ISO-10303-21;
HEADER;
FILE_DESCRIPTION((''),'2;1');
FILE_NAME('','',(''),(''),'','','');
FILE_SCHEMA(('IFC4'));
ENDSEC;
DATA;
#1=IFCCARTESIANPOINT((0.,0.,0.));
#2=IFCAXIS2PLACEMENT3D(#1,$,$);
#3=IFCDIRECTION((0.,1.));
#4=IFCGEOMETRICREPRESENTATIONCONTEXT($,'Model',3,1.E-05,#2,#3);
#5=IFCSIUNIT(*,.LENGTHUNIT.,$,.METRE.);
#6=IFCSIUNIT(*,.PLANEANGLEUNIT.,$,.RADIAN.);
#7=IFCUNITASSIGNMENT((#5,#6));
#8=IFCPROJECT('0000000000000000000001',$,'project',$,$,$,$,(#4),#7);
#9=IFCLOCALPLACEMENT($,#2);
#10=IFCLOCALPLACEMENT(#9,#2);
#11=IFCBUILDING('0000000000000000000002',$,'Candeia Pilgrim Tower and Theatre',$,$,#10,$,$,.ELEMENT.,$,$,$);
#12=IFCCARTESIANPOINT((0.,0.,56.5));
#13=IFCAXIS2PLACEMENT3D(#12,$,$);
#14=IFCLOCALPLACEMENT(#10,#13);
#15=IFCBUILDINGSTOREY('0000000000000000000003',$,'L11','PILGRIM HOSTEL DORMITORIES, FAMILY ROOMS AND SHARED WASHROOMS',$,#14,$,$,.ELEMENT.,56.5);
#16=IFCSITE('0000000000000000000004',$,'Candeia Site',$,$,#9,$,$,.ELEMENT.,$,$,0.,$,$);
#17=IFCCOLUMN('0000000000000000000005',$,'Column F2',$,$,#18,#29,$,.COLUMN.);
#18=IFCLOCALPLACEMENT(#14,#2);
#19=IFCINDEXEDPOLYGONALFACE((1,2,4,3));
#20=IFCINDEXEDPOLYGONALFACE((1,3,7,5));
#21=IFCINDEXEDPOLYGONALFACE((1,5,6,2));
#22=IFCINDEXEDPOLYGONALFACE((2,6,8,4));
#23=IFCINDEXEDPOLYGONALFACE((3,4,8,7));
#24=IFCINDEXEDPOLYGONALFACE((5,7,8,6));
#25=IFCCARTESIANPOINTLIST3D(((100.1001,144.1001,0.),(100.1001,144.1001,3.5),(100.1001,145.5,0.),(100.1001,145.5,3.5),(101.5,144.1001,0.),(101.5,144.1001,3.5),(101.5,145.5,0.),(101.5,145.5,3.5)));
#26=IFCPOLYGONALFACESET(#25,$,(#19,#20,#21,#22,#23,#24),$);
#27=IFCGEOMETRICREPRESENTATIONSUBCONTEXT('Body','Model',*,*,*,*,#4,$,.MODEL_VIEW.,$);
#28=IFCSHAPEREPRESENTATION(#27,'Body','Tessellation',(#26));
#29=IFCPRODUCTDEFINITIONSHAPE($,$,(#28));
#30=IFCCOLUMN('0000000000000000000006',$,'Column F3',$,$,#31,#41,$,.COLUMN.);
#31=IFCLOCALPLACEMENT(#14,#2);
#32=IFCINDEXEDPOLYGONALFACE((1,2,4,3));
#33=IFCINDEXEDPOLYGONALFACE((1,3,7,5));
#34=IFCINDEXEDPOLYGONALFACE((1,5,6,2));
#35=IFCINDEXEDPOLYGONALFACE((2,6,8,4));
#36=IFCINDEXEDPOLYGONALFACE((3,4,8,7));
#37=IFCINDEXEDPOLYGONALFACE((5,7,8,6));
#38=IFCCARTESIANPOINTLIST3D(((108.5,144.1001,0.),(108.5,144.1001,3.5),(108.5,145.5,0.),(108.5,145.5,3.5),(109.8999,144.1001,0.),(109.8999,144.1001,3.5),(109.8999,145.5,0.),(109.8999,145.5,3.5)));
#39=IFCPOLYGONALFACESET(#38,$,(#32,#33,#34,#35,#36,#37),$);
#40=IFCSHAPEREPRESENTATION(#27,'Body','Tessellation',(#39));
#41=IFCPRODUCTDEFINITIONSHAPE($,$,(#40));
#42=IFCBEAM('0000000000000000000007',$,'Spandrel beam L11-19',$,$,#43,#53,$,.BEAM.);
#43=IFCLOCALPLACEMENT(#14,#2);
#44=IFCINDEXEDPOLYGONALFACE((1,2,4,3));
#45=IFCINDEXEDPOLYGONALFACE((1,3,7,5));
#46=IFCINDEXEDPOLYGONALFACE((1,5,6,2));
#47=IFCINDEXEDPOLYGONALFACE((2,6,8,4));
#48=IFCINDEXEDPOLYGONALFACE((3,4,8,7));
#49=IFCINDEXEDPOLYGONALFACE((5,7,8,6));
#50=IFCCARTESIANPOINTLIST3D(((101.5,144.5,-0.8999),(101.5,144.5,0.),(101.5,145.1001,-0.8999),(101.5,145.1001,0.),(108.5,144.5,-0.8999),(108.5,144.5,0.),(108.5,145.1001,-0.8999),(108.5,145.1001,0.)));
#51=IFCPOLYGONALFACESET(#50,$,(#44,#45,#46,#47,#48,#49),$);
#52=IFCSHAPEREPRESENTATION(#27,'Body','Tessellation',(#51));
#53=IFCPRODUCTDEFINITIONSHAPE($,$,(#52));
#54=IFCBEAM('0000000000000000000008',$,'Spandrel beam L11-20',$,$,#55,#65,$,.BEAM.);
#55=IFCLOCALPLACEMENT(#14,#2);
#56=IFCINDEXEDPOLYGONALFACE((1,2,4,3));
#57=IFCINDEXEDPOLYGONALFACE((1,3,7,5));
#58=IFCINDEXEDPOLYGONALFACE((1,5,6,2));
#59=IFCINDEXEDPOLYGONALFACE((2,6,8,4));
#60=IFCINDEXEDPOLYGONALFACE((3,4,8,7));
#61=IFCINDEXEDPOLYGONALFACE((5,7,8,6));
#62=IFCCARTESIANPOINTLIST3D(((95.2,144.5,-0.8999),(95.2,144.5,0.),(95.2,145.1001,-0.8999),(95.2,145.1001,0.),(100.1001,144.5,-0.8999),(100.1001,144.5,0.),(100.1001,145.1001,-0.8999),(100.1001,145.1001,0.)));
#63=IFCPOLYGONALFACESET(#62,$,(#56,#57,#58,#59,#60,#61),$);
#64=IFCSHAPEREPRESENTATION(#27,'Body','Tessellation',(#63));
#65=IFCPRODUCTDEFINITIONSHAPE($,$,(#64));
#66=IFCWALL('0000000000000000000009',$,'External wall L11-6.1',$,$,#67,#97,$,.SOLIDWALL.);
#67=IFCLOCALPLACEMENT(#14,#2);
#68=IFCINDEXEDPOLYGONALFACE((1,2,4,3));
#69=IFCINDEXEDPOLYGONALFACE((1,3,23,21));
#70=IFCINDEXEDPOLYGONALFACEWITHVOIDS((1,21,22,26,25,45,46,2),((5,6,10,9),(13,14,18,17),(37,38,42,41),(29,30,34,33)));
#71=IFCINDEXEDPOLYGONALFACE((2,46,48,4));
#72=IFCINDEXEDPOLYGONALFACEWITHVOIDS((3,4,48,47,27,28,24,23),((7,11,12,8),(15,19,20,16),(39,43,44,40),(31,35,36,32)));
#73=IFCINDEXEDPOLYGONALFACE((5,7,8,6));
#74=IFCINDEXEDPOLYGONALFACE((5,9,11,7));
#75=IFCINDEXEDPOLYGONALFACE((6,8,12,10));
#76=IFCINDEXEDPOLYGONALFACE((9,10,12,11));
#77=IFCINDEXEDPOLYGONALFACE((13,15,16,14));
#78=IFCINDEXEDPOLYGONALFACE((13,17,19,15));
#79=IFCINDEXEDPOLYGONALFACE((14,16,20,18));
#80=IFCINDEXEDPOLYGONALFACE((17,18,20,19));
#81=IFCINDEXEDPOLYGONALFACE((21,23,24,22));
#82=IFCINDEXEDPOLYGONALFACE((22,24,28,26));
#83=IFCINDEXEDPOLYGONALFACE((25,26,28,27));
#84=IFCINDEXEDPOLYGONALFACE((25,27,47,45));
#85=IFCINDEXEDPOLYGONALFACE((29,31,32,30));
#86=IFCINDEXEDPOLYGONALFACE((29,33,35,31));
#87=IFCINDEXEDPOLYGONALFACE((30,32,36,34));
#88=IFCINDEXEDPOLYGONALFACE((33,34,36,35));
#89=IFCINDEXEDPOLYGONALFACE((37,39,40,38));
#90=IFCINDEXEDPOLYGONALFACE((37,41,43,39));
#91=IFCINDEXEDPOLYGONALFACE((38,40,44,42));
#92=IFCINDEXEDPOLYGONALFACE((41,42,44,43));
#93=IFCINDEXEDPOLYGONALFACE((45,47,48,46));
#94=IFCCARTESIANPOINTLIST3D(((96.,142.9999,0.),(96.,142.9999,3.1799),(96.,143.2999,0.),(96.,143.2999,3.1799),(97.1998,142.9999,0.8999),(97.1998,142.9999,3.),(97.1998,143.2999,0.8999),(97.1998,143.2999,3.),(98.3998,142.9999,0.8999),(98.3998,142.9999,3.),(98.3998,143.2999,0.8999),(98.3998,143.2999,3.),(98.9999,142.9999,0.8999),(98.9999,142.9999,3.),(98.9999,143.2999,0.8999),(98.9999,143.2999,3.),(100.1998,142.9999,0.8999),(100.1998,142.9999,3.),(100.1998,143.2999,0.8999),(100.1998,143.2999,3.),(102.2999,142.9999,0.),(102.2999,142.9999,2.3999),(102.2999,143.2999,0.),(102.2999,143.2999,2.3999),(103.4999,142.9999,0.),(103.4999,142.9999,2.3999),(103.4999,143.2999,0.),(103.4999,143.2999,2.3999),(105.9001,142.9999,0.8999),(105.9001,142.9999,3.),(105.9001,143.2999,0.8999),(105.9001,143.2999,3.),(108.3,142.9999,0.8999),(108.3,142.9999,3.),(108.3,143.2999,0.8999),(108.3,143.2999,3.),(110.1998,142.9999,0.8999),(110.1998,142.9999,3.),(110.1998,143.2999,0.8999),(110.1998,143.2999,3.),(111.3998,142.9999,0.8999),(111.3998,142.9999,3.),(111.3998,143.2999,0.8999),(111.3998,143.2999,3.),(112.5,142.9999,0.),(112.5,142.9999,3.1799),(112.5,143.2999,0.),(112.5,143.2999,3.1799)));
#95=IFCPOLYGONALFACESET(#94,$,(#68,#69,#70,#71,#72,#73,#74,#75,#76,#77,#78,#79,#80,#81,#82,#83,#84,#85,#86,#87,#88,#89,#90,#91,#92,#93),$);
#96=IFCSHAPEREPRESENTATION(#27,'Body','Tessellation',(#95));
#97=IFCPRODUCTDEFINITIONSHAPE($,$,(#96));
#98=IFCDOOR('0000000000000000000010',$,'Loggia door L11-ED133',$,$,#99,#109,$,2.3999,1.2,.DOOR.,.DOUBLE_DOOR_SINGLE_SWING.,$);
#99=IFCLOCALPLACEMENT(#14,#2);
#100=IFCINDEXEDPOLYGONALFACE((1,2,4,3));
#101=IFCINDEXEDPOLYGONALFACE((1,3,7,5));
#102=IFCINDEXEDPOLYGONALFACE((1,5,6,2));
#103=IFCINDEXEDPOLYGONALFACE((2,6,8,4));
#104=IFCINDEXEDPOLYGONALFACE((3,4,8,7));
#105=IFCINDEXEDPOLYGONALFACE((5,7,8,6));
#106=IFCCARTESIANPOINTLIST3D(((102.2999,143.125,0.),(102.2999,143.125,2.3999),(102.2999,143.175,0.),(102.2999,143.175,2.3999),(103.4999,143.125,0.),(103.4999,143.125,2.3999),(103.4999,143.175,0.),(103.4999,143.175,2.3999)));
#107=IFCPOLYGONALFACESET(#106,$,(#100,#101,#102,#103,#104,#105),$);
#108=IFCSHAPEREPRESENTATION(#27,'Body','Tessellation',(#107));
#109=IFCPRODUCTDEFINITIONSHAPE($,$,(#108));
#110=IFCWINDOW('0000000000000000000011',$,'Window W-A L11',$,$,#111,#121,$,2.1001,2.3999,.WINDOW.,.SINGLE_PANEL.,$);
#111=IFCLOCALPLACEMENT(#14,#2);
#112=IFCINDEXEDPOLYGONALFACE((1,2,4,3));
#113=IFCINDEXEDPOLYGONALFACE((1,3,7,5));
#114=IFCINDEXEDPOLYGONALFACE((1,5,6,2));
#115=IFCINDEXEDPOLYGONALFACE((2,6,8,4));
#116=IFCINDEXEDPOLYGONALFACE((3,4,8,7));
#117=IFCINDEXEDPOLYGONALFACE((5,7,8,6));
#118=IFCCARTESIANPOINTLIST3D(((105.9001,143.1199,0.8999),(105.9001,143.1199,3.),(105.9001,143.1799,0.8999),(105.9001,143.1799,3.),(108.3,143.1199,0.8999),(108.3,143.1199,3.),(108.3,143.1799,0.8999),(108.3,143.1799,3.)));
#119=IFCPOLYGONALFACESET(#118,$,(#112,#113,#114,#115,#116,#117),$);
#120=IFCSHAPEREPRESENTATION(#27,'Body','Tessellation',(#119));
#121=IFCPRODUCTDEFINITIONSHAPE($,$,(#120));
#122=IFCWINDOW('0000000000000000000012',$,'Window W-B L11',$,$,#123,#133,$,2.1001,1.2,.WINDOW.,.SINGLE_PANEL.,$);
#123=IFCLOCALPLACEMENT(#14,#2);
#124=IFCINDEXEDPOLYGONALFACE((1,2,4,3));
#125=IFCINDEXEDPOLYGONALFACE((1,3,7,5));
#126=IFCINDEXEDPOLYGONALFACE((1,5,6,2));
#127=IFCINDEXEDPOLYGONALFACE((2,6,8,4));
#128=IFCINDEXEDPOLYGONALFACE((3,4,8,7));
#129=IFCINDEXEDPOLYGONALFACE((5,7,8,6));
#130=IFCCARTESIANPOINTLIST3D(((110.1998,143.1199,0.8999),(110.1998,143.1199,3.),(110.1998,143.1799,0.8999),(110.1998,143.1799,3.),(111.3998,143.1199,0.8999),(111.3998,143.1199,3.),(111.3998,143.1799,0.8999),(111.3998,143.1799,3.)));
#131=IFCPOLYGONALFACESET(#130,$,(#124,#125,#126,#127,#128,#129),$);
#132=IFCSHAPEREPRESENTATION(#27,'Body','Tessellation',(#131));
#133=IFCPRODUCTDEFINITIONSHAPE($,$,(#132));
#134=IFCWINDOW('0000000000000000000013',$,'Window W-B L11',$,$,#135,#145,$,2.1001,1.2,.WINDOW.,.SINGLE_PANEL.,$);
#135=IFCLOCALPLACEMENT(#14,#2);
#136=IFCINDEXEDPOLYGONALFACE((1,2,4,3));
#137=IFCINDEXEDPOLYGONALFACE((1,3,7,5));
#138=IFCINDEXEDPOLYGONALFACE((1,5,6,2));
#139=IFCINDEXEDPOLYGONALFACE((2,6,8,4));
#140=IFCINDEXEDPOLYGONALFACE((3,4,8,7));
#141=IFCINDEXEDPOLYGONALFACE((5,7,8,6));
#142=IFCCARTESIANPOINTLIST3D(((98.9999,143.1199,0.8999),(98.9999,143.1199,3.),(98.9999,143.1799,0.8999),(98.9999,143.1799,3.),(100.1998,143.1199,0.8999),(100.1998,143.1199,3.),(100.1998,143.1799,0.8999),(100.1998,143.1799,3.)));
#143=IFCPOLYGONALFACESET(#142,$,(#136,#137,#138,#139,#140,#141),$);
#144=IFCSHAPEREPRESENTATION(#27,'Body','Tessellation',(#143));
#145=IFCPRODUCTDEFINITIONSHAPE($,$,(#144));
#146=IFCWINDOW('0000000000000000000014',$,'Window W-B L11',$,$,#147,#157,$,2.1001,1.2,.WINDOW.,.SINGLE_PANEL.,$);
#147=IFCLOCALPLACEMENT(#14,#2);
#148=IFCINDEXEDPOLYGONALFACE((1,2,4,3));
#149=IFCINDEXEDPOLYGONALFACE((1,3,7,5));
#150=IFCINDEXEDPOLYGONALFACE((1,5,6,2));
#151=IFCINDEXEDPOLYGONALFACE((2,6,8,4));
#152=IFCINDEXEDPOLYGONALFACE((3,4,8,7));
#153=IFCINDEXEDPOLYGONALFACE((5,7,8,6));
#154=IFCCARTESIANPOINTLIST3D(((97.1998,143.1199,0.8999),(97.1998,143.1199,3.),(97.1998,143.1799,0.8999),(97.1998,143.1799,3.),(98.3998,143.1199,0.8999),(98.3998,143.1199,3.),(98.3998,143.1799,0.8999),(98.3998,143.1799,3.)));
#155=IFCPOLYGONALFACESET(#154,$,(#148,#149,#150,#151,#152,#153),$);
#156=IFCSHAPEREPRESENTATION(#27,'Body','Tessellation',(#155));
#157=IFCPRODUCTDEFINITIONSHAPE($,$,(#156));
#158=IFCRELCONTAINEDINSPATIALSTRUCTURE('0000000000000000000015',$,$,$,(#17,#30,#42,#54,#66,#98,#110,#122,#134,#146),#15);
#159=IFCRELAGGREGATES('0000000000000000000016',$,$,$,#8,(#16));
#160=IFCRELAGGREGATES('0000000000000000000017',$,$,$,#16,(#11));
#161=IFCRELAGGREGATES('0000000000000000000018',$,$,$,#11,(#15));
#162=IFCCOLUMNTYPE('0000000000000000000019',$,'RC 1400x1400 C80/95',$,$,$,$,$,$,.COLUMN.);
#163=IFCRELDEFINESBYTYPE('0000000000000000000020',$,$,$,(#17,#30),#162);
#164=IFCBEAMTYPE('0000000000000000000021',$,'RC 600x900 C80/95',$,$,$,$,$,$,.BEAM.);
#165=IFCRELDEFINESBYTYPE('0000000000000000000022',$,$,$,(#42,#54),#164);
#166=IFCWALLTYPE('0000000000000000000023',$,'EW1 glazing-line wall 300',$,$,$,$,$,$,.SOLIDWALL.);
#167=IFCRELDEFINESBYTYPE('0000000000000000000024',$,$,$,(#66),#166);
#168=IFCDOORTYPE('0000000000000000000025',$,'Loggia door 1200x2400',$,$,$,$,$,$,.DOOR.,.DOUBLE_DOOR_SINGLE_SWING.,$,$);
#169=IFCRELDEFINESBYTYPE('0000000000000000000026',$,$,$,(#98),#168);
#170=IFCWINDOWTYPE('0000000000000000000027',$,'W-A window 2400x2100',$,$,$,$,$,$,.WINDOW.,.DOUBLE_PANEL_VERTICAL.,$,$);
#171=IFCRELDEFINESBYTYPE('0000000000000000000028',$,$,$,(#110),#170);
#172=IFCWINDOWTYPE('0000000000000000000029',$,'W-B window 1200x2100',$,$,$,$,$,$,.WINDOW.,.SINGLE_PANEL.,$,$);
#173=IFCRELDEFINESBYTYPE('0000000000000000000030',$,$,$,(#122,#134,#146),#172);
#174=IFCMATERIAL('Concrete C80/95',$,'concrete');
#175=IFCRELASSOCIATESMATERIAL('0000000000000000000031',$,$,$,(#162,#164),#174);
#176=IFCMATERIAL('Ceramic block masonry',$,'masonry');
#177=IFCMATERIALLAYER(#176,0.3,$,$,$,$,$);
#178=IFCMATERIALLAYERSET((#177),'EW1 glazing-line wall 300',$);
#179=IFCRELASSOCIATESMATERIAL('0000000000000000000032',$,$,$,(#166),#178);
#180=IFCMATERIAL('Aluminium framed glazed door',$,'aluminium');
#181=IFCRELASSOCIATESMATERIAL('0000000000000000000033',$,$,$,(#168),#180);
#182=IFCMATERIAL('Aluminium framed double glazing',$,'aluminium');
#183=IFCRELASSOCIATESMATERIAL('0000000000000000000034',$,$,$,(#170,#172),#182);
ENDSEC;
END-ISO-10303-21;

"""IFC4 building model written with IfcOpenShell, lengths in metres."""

from ifc_helpers import new_model, si_unit, direction, frame, frame_2d, origin, origin_2d, place, context, subcontext, project, spatial, rectangle, extrude, material, layer, layer_set, material_profile, profile_set, type_object, element, fill, save


model = new_model("IFC4")

# Units and contexts
model_context = context("Model", 3, precision=1e-05, world=origin(), true_north=direction((0.0, 1.0)))
body_context = subcontext(model_context, "Body", "Model", "MODEL_VIEW")
ifc_project = project(units=[si_unit("LENGTHUNIT", "METRE"), si_unit("PLANEANGLEUNIT", "RADIAN")], contexts=[model_context])

# Site, building, storey
site_placement = place(None, origin())
site = spatial("IfcSite", under=ifc_project, at=site_placement, Name="Candeia Site", CompositionType="ELEMENT", RefElevation=0.0)
building_placement = place(site_placement, origin())
building = spatial("IfcBuilding", under=site, at=building_placement, Name="Candeia Pilgrim Tower and Theatre", CompositionType="ELEMENT")
storey_placement = place(building_placement, frame((0.0, 0.0, 56.5)))
storey = spatial("IfcBuildingStorey", under=building, at=storey_placement, Name="L11", Description="PILGRIM HOSTEL DORMITORIES, FAMILY ROOMS AND SHARED WASHROOMS", CompositionType="ELEMENT", Elevation=56.5)

# Columns
ifc_material_1 = material(Name="Concrete C80/95", Category="concrete")
ifc_material_profile_1 = material_profile(ifc_material_1, rectangle(XDim=1.3999, YDim=1.3999, at=origin_2d()))
ifc_profile_set_1 = profile_set([ifc_material_profile_1], Name="Concrete C80/95")
column_type = type_object("IfcColumnType", Name="RC 1400x1400 C80/95", PredefinedType="COLUMN", material=ifc_profile_set_1)
for number, where, z_axis, x_axis, name in (
    (1, (100.8, 144.8, 0.0), (0.0, 0.0, 1.0), (1.0, 0.0, 0.0), "Column F2"),
    (2, (109.2, 144.8, 0.0), (0.0, 0.0, 1.0), (1.0, 0.0, 0.0), "Column F3"),
):
    element("IfcColumn", number, at=place(storey_placement, frame(where, z_axis=z_axis, x_axis=x_axis)), inside=storey, type_object=column_type, Name=name, PredefinedType="COLUMN", context=body_context, shape_type="SweptSolid", body=[
        extrude(rectangle(XDim=1.3999, YDim=1.3999, at=origin_2d()), origin(), (0.0, 0.0, 1.0), 3.5),
    ])

# Beams
ifc_material_profile_2 = material_profile(ifc_material_1, rectangle(XDim=0.6001, YDim=0.8999, at=origin_2d()))
ifc_profile_set_2 = profile_set([ifc_material_profile_2], Name="Concrete C80/95")
beam_type = type_object("IfcBeamType", Name="RC 600x900 C80/95", PredefinedType="BEAM", material=ifc_profile_set_2)
beam_1_placement = place(storey_placement, frame((108.5, 144.8, -0.45), z_axis=(-1.0, 0.0, 0.0), x_axis=(0.0, -1.0, 0.0)))
element("IfcBeam", 3, at=beam_1_placement, inside=storey, type_object=beam_type, Name="Spandrel beam L11-19", PredefinedType="BEAM", context=body_context, shape_type="SweptSolid", body=[
    extrude(rectangle(XDim=0.6001, YDim=0.8999, at=origin_2d()), origin(), (0.0, 0.0, 1.0), 7.0),
])
beam_2_placement = place(storey_placement, frame((100.1001, 144.8, -0.45), z_axis=(-1.0, 0.0, 0.0), x_axis=(0.0, -1.0, 0.0)))
element("IfcBeam", 4, at=beam_2_placement, inside=storey, type_object=beam_type, Name="Spandrel beam L11-20", PredefinedType="BEAM", context=body_context, shape_type="SweptSolid", body=[
    extrude(rectangle(XDim=0.6001, YDim=0.8999, at=origin_2d()), origin(), (0.0, 0.0, 1.0), 4.9001),
])

# Wall, openings, door, windows
ifc_material_2 = material(Name="Ceramic block masonry", Category="masonry")
ifc_layer_1 = layer(ifc_material_2, 0.3)
ifc_layer_set_1 = layer_set([ifc_layer_1], Name="EW1 glazing-line wall 300")
wall_type_1 = type_object("IfcWallType", Name="EW1 glazing-line wall 300", PredefinedType="SOLIDWALL", material=ifc_layer_set_1)
wall_1_placement = place(storey_placement, frame((112.5, 143.1499, 0.0), z_axis=(0.0, 0.0, 1.0), x_axis=(-1.0, 0.0, 0.0)))
wall_1 = element("IfcWall", 5, at=wall_1_placement, inside=storey, type_object=wall_type_1, Name="External wall L11-6.1", PredefinedType="SOLIDWALL", context=body_context, shape_type="SweptSolid", body=[
    extrude(rectangle(XDim=16.5, YDim=0.3, at=frame_2d((8.25, 0.0))), origin(), (0.0, 0.0, 1.0), 3.1799),
])
opening_1_placement = place(wall_1_placement, frame((1.1001, 0.0, 0.8999)))
opening_1 = element("IfcOpeningElement", 6, at=opening_1_placement, cuts=wall_1, PredefinedType="OPENING", context=body_context, shape_type="SweptSolid", body=[
    extrude(rectangle(XDim=1.2, YDim=2.1001, at=frame_2d((0.6001, 1.05))), frame((0.0, 0.1602, 0.0), z_axis=(0.0, -1.0, 0.0), x_axis=(1.0, 0.0, 0.0)), (0.0, 0.0, 1.0), 0.3201),
])
opening_2_placement = place(wall_1_placement, frame((4.2, 0.0, 0.8999)))
opening_2 = element("IfcOpeningElement", 7, at=opening_2_placement, cuts=wall_1, PredefinedType="OPENING", context=body_context, shape_type="SweptSolid", body=[
    extrude(rectangle(XDim=2.3999, YDim=2.1001, at=frame_2d((1.2, 1.05))), frame((0.0, 0.1602, 0.0), z_axis=(0.0, -1.0, 0.0), x_axis=(1.0, 0.0, 0.0)), (0.0, 0.0, 1.0), 0.3201),
])
opening_3_placement = place(wall_1_placement, frame((9.0, 0.0, 0.0)))
opening_3 = element("IfcOpeningElement", 8, at=opening_3_placement, cuts=wall_1, PredefinedType="OPENING", context=body_context, shape_type="SweptSolid", body=[
    extrude(rectangle(XDim=1.2, YDim=2.3999, at=frame_2d((0.6001, 1.2))), frame((0.0, 0.1602, 0.0), z_axis=(0.0, -1.0, 0.0), x_axis=(1.0, 0.0, 0.0)), (0.0, 0.0, 1.0), 0.3201),
])
opening_4_placement = place(wall_1_placement, frame((12.3, 0.0, 0.8999)))
opening_4 = element("IfcOpeningElement", 9, at=opening_4_placement, cuts=wall_1, PredefinedType="OPENING", context=body_context, shape_type="SweptSolid", body=[
    extrude(rectangle(XDim=1.2, YDim=2.1001, at=frame_2d((0.6001, 1.05))), frame((0.0, 0.1602, 0.0), z_axis=(0.0, -1.0, 0.0), x_axis=(1.0, 0.0, 0.0)), (0.0, 0.0, 1.0), 0.3201),
])
opening_5_placement = place(wall_1_placement, frame((14.1001, 0.0, 0.8999)))
opening_5 = element("IfcOpeningElement", 10, at=opening_5_placement, cuts=wall_1, PredefinedType="OPENING", context=body_context, shape_type="SweptSolid", body=[
    extrude(rectangle(XDim=1.2, YDim=2.1001, at=frame_2d((0.6001, 1.05))), frame((0.0, 0.1602, 0.0), z_axis=(0.0, -1.0, 0.0), x_axis=(1.0, 0.0, 0.0)), (0.0, 0.0, 1.0), 0.3201),
])
ifc_material_3 = material(Name="Aluminium framed glazed door", Category="aluminium")
door_type_1 = type_object("IfcDoorType", Name="Loggia door 1200x2400", OperationType="DOUBLE_DOOR_SINGLE_SWING", PredefinedType="DOOR", material=ifc_material_3)
door_1_placement = place(opening_3_placement, origin())
door_1 = element("IfcDoor", 11, at=door_1_placement, inside=storey, type_object=door_type_1, Name="Loggia door L11-ED133", OperationType="DOUBLE_DOOR_SINGLE_SWING", OverallHeight=2.3999, OverallWidth=1.2, PredefinedType="DOOR", context=body_context, shape_type="SweptSolid", body=[
    extrude(rectangle(XDim=1.2, YDim=2.3999, at=frame_2d((0.6001, 1.2))), frame((0.0, 0.0249, 0.0), z_axis=(0.0, -1.0, 0.0), x_axis=(1.0, 0.0, 0.0)), (0.0, 0.0, 1.0), 0.05),
])
fill(opening_3, door_1)
ifc_material_4 = material(Name="Aluminium framed double glazing", Category="aluminium")
window_type_1 = type_object("IfcWindowType", Name="W-A window 2400x2100", PartitioningType="DOUBLE_PANEL_VERTICAL", PredefinedType="WINDOW", material=ifc_material_4)
window_1_placement = place(opening_2_placement, origin())
window_1 = element("IfcWindow", 12, at=window_1_placement, inside=storey, type_object=window_type_1, Name="Window W-A L11", OverallHeight=2.1001, OverallWidth=2.3999, PartitioningType="SINGLE_PANEL", PredefinedType="WINDOW", context=body_context, shape_type="SweptSolid", body=[
    extrude(rectangle(XDim=2.3999, YDim=2.1001, at=frame_2d((1.2, 1.05))), frame((0.0, 0.03, 0.0), z_axis=(0.0, -1.0, 0.0), x_axis=(1.0, 0.0, 0.0)), (0.0, 0.0, 1.0), 0.0601),
])
fill(opening_2, window_1)
window_type_2 = type_object("IfcWindowType", Name="W-B window 1200x2100", PartitioningType="SINGLE_PANEL", PredefinedType="WINDOW", material=ifc_material_4)
window_2_placement = place(opening_1_placement, origin())
window_2 = element("IfcWindow", 13, at=window_2_placement, inside=storey, type_object=window_type_2, Name="Window W-B L11", OverallHeight=2.1001, OverallWidth=1.2, PartitioningType="SINGLE_PANEL", PredefinedType="WINDOW", context=body_context, shape_type="SweptSolid", body=[
    extrude(rectangle(XDim=1.2, YDim=2.1001, at=frame_2d((0.6001, 1.05))), frame((0.0, 0.03, 0.0), z_axis=(0.0, -1.0, 0.0), x_axis=(1.0, 0.0, 0.0)), (0.0, 0.0, 1.0), 0.0601),
])
fill(opening_1, window_2)
window_3_placement = place(opening_4_placement, origin())
window_3 = element("IfcWindow", 14, at=window_3_placement, inside=storey, type_object=window_type_2, Name="Window W-B L11", OverallHeight=2.1001, OverallWidth=1.2, PartitioningType="SINGLE_PANEL", PredefinedType="WINDOW", context=body_context, shape_type="SweptSolid", body=[
    extrude(rectangle(XDim=1.2, YDim=2.1001, at=frame_2d((0.6001, 1.05))), frame((0.0, 0.03, 0.0), z_axis=(0.0, -1.0, 0.0), x_axis=(1.0, 0.0, 0.0)), (0.0, 0.0, 1.0), 0.0601),
])
fill(opening_4, window_3)
window_4_placement = place(opening_5_placement, origin())
window_4 = element("IfcWindow", 15, at=window_4_placement, inside=storey, type_object=window_type_2, Name="Window W-B L11", OverallHeight=2.1001, OverallWidth=1.2, PartitioningType="SINGLE_PANEL", PredefinedType="WINDOW", context=body_context, shape_type="SweptSolid", body=[
    extrude(rectangle(XDim=1.2, YDim=2.1001, at=frame_2d((0.6001, 1.05))), frame((0.0, 0.03, 0.0), z_axis=(0.0, -1.0, 0.0), x_axis=(1.0, 0.0, 0.0)), (0.0, 0.0, 1.0), 0.0601),
])
fill(opening_5, window_4)

save(model, "model.ifc")
